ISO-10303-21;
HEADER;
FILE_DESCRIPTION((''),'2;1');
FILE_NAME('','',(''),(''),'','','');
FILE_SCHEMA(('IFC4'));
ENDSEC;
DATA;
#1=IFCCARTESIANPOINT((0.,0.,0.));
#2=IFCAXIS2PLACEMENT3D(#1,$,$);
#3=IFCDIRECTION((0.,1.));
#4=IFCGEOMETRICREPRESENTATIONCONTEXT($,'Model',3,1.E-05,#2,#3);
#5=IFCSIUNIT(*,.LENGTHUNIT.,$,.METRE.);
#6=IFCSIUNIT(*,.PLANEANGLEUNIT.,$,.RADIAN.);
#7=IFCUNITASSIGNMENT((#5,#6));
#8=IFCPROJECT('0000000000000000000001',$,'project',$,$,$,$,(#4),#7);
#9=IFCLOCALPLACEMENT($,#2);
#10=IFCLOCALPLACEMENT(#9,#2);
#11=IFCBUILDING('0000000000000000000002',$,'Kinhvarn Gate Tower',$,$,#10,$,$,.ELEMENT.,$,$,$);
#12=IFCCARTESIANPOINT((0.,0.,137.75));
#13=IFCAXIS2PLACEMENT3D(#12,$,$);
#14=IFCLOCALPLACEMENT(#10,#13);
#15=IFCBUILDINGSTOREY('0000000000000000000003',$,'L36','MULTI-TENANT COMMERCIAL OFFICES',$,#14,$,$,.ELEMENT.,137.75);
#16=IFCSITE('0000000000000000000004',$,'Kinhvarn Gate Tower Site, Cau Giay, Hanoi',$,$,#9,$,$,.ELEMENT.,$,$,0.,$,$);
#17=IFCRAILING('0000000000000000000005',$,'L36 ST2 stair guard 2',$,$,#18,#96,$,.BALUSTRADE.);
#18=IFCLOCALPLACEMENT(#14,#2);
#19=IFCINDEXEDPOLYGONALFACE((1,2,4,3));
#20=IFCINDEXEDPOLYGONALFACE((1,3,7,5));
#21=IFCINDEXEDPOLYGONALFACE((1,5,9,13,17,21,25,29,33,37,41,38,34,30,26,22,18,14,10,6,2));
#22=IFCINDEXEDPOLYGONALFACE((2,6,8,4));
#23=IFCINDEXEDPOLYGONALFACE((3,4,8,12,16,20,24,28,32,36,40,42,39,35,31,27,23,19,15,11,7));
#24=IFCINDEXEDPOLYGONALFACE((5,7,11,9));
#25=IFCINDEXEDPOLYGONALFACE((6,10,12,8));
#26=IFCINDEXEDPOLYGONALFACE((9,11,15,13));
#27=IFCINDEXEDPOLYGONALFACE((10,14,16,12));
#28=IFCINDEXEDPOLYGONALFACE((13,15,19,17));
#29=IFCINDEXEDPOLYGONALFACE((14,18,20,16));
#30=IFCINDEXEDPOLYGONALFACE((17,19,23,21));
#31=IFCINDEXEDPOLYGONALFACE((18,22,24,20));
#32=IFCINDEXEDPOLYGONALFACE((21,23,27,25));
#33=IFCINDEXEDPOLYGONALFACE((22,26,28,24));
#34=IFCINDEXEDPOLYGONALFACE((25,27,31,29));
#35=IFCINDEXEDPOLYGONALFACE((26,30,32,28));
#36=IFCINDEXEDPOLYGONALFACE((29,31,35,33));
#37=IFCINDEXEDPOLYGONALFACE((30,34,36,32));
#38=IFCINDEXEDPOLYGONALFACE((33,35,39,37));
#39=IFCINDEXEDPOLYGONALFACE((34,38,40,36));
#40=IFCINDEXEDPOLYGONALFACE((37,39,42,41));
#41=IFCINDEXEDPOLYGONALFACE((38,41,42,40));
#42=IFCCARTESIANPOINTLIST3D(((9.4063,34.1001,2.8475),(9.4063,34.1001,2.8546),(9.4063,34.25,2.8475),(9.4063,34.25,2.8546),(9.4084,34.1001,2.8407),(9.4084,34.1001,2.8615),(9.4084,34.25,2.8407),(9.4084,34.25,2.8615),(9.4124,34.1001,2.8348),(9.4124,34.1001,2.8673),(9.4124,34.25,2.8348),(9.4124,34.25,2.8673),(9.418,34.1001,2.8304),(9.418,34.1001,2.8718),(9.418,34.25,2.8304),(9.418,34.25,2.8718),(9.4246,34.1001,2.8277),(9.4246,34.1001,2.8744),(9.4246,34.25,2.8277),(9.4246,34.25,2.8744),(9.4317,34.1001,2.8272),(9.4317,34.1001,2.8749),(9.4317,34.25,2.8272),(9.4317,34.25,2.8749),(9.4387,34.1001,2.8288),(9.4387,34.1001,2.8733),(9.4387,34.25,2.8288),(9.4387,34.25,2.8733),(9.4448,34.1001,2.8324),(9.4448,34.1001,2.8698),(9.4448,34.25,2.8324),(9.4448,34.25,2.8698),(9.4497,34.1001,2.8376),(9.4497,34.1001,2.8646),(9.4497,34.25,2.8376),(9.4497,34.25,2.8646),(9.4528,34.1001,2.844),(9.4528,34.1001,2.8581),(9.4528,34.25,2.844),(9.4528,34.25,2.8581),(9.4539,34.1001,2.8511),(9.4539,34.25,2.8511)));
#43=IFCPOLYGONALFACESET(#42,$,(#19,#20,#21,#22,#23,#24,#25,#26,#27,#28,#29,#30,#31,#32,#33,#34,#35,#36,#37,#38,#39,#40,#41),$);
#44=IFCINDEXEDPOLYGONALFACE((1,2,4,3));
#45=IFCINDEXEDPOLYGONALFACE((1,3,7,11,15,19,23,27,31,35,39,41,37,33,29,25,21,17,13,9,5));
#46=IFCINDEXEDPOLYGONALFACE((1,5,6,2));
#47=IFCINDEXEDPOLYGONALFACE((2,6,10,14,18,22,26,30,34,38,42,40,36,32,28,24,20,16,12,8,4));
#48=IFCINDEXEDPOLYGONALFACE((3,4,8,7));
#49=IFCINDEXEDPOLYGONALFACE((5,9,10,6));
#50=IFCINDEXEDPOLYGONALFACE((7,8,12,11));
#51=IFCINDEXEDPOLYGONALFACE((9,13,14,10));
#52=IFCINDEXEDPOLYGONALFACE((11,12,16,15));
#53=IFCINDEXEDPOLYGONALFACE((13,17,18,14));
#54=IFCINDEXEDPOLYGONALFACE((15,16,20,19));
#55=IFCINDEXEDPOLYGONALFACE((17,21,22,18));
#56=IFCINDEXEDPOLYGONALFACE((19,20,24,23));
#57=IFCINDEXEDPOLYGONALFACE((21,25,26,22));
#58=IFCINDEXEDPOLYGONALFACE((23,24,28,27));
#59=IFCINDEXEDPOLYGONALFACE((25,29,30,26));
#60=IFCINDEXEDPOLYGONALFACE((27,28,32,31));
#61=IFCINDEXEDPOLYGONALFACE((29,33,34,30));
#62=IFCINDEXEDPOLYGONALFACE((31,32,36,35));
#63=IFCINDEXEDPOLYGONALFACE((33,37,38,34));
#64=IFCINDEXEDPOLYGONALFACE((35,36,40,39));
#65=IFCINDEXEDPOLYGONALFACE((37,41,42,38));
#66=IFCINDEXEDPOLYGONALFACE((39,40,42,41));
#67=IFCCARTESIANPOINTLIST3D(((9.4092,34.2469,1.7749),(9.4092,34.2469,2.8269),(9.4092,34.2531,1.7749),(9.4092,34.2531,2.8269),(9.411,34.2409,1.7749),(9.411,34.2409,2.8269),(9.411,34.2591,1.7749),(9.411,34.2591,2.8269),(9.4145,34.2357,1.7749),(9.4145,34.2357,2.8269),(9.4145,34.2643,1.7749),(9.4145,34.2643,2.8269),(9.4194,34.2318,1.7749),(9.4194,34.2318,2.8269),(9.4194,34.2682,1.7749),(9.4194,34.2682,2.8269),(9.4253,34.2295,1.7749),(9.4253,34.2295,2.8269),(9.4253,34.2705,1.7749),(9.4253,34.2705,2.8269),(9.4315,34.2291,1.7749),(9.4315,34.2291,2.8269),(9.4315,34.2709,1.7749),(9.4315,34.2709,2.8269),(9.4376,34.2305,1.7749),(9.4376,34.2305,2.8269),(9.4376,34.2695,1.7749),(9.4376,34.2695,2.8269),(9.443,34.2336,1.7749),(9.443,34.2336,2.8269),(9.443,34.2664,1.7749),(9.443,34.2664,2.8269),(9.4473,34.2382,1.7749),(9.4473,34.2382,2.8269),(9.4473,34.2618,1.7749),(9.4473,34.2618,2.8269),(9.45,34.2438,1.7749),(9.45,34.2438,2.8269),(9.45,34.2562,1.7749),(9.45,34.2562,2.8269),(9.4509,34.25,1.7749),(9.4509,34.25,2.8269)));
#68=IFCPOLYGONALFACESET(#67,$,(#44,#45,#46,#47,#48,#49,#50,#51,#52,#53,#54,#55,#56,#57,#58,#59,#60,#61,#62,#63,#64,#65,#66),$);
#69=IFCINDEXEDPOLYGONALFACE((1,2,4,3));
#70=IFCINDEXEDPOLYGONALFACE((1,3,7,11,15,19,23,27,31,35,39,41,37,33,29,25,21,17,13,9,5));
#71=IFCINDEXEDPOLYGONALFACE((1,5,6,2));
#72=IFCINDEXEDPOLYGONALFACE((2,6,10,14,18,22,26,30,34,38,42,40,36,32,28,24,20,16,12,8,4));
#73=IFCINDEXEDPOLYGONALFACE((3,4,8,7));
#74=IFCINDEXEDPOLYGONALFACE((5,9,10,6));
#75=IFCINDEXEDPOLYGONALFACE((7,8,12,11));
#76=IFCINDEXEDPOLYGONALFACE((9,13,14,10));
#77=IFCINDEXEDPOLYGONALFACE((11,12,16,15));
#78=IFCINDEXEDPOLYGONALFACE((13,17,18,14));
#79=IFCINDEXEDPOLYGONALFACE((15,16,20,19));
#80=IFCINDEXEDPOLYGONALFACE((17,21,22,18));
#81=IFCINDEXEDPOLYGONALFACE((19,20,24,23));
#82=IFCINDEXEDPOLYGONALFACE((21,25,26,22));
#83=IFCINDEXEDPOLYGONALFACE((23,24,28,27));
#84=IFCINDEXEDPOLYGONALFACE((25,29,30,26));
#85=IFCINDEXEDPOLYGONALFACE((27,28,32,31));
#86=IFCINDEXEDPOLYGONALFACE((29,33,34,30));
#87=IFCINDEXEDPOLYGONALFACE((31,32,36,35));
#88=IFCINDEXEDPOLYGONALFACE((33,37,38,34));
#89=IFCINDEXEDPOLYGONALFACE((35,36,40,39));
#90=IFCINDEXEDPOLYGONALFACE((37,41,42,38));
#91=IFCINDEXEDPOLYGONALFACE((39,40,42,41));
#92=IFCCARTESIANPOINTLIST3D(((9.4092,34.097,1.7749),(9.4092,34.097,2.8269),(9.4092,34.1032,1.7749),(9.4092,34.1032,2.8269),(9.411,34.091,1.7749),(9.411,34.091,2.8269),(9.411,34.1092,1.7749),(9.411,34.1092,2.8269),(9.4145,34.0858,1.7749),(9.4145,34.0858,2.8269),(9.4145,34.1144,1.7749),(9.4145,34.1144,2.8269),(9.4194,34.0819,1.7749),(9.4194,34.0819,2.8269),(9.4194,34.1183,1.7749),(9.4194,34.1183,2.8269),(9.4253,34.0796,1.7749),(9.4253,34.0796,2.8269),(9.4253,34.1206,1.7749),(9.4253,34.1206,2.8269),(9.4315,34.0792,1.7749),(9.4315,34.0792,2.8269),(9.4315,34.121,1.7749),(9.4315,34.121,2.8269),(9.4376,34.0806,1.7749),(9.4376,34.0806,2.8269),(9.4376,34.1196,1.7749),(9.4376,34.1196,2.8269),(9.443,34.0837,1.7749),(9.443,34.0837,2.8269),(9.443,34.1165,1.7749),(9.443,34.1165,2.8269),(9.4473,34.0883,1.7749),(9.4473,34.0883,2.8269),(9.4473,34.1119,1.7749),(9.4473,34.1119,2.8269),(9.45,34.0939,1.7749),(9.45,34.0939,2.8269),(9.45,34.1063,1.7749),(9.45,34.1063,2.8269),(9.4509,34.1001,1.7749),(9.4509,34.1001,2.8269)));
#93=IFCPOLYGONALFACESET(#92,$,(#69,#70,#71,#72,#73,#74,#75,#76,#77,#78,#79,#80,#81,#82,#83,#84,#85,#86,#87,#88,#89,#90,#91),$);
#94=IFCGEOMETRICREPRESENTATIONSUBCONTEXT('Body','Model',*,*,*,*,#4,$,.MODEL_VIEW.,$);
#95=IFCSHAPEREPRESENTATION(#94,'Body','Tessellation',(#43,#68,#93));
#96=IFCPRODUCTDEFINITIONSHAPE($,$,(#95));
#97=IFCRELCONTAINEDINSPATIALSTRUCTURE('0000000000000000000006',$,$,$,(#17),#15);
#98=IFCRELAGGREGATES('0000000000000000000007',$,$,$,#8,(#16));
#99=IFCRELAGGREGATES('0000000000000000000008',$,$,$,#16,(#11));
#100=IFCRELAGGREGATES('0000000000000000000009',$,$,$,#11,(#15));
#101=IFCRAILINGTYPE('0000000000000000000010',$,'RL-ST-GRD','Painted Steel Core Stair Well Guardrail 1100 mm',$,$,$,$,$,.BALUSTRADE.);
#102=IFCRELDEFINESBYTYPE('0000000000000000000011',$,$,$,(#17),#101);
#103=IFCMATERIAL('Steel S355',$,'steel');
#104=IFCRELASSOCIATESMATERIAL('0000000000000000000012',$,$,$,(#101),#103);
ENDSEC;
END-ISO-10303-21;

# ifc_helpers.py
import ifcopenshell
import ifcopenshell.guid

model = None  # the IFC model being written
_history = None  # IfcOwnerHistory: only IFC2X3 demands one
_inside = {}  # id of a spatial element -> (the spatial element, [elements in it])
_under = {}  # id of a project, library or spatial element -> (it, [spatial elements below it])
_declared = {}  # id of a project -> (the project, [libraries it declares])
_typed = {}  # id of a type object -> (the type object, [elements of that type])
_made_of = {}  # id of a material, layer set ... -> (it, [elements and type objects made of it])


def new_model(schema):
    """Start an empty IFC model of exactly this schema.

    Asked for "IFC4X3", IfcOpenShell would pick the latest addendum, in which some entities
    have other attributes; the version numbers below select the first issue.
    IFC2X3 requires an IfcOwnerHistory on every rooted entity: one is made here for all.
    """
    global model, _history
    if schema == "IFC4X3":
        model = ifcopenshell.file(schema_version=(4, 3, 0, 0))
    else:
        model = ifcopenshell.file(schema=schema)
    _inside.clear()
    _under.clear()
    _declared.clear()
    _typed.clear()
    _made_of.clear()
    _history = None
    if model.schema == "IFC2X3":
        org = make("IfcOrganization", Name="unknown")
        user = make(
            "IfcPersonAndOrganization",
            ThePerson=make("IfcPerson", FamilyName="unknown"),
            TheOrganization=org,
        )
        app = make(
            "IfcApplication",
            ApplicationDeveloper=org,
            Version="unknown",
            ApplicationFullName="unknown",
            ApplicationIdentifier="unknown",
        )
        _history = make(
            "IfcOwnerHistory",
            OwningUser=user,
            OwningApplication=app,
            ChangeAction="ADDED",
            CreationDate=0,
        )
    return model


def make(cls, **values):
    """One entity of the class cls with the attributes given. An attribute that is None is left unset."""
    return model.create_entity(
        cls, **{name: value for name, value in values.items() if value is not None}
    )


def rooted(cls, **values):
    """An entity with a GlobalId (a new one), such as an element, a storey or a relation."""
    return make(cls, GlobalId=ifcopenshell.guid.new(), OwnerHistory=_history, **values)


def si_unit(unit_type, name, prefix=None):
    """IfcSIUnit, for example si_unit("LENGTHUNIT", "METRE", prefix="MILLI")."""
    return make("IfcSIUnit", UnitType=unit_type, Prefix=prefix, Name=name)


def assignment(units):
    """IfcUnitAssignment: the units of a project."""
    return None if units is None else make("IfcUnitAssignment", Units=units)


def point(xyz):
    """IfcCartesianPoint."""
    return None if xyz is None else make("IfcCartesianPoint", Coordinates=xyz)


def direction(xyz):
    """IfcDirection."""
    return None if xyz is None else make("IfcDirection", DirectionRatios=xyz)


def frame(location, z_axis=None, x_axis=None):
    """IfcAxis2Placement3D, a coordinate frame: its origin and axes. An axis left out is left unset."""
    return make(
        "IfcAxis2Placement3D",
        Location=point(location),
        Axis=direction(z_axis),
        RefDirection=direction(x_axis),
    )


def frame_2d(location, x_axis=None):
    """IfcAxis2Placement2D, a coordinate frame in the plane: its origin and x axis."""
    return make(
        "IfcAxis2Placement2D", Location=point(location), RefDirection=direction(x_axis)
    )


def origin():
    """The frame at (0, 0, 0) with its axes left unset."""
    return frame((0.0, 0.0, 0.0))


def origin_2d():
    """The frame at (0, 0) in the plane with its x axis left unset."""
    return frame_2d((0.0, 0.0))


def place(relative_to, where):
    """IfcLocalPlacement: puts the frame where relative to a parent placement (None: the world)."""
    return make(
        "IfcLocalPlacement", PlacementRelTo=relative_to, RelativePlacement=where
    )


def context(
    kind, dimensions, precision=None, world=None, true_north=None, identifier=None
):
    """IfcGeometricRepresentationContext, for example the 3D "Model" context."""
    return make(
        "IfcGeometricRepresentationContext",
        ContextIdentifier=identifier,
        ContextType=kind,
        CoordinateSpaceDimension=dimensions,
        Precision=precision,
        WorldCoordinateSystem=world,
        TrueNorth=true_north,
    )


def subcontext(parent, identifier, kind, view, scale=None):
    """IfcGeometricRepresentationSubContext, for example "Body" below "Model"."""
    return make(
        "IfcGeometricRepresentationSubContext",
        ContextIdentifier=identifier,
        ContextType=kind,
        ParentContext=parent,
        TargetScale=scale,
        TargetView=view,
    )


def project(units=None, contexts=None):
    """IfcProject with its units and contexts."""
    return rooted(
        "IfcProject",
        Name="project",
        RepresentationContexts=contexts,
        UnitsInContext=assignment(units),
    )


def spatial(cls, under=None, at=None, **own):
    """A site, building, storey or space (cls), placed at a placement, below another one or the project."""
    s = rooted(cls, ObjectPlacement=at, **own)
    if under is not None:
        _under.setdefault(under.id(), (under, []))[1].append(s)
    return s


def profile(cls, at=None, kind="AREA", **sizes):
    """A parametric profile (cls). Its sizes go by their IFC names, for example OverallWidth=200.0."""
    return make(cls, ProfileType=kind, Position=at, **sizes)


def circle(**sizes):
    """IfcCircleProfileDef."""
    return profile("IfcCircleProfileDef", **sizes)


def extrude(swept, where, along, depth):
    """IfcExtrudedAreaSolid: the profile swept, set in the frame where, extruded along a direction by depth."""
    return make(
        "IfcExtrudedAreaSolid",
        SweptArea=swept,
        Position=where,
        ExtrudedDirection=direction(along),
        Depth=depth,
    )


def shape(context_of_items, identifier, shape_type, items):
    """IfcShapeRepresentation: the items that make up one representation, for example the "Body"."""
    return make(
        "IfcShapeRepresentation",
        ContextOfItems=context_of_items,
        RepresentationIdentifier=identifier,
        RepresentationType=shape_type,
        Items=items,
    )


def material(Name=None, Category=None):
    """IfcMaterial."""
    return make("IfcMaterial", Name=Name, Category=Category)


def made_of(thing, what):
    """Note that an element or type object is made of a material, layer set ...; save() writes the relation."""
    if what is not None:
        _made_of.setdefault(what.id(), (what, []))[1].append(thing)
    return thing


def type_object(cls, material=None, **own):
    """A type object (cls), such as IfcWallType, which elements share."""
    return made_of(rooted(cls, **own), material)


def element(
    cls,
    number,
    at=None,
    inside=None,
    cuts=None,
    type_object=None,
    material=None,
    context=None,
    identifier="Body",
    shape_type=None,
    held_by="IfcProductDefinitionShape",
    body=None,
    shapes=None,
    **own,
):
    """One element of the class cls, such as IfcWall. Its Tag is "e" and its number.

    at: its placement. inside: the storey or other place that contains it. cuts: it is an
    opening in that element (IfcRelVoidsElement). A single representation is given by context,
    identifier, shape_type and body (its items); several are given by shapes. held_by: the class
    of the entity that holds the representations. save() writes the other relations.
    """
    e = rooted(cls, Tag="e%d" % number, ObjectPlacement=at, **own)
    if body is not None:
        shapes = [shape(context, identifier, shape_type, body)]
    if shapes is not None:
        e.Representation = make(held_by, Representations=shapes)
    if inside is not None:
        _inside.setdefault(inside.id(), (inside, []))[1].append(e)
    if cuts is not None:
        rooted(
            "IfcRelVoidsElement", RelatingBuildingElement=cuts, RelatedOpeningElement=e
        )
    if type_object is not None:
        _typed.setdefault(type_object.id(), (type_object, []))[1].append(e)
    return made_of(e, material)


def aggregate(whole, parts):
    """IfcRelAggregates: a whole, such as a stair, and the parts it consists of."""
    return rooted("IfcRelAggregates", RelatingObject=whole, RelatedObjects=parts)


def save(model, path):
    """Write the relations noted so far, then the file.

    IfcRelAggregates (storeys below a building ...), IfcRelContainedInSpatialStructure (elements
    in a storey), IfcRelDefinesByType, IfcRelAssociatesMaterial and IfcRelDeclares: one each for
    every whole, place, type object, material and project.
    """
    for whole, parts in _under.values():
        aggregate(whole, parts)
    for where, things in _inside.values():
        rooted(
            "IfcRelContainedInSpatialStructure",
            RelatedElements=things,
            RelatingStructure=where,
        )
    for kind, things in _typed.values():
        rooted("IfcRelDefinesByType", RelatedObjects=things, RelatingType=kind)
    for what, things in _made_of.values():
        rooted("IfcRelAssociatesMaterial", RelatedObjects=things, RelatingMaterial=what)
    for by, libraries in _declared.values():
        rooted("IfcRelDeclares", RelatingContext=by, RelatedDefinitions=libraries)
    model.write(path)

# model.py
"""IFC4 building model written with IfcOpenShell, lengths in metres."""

from ifc_helpers import new_model, si_unit, direction, frame, origin, origin_2d, place, context, subcontext, project, spatial, circle, extrude, material, type_object, element, save


model = new_model("IFC4")

# Units and contexts
model_context = context("Model", 3, precision=1e-05, world=origin(), true_north=direction((0.0, 1.0)))
body_context = subcontext(model_context, "Body", "Model", "MODEL_VIEW")
ifc_project = project(units=[si_unit("LENGTHUNIT", "METRE"), si_unit("PLANEANGLEUNIT", "RADIAN")], contexts=[model_context])

# Site, building, storey
site_placement = place(None, origin())
site = spatial("IfcSite", under=ifc_project, at=site_placement, Name="Kinhvarn Gate Tower Site, Cau Giay, Hanoi", CompositionType="ELEMENT", RefElevation=0.0)
building_placement = place(site_placement, origin())
building = spatial("IfcBuilding", under=site, at=building_placement, Name="Kinhvarn Gate Tower", CompositionType="ELEMENT")
storey_placement = place(building_placement, frame((0.0, 0.0, 137.75)))
storey = spatial("IfcBuildingStorey", under=building, at=storey_placement, Name="L36", Description="MULTI-TENANT COMMERCIAL OFFICES", CompositionType="ELEMENT", Elevation=137.75)

# Shared definitions
ifc_material_1 = material(Name="Steel S355", Category="steel")

# Railing
railing_type_1 = type_object("IfcRailingType", Name="RL-ST-GRD", Description="Painted Steel Core Stair Well Guardrail 1100 mm", PredefinedType="BALUSTRADE", material=ifc_material_1)
railing_1_placement = place(storey_placement, frame((9.4299, 34.25, 1.7749)))
element("IfcRailing", 1, at=railing_1_placement, inside=storey, type_object=railing_type_1, Name="L36 ST2 stair guard 2", PredefinedType="BALUSTRADE", context=body_context, shape_type="SweptSolid", body=[
    extrude(circle(Radius=0.0239, at=origin_2d()), frame((0.0, 0.0, 1.0762), z_axis=(0.0, -1.0, 0.0), x_axis=(1.0, 0.0, 0.0)), (0.0, 0.0, 1.0), 0.1499),
    extrude(circle(Radius=0.021, at=origin_2d()), origin(), (0.0, 0.0, 1.0), 1.052),
    extrude(circle(Radius=0.021, at=origin_2d()), frame((0.0, -0.1499, 0.0)), (0.0, 0.0, 1.0), 1.052),
])

save(model, "model.ifc")
